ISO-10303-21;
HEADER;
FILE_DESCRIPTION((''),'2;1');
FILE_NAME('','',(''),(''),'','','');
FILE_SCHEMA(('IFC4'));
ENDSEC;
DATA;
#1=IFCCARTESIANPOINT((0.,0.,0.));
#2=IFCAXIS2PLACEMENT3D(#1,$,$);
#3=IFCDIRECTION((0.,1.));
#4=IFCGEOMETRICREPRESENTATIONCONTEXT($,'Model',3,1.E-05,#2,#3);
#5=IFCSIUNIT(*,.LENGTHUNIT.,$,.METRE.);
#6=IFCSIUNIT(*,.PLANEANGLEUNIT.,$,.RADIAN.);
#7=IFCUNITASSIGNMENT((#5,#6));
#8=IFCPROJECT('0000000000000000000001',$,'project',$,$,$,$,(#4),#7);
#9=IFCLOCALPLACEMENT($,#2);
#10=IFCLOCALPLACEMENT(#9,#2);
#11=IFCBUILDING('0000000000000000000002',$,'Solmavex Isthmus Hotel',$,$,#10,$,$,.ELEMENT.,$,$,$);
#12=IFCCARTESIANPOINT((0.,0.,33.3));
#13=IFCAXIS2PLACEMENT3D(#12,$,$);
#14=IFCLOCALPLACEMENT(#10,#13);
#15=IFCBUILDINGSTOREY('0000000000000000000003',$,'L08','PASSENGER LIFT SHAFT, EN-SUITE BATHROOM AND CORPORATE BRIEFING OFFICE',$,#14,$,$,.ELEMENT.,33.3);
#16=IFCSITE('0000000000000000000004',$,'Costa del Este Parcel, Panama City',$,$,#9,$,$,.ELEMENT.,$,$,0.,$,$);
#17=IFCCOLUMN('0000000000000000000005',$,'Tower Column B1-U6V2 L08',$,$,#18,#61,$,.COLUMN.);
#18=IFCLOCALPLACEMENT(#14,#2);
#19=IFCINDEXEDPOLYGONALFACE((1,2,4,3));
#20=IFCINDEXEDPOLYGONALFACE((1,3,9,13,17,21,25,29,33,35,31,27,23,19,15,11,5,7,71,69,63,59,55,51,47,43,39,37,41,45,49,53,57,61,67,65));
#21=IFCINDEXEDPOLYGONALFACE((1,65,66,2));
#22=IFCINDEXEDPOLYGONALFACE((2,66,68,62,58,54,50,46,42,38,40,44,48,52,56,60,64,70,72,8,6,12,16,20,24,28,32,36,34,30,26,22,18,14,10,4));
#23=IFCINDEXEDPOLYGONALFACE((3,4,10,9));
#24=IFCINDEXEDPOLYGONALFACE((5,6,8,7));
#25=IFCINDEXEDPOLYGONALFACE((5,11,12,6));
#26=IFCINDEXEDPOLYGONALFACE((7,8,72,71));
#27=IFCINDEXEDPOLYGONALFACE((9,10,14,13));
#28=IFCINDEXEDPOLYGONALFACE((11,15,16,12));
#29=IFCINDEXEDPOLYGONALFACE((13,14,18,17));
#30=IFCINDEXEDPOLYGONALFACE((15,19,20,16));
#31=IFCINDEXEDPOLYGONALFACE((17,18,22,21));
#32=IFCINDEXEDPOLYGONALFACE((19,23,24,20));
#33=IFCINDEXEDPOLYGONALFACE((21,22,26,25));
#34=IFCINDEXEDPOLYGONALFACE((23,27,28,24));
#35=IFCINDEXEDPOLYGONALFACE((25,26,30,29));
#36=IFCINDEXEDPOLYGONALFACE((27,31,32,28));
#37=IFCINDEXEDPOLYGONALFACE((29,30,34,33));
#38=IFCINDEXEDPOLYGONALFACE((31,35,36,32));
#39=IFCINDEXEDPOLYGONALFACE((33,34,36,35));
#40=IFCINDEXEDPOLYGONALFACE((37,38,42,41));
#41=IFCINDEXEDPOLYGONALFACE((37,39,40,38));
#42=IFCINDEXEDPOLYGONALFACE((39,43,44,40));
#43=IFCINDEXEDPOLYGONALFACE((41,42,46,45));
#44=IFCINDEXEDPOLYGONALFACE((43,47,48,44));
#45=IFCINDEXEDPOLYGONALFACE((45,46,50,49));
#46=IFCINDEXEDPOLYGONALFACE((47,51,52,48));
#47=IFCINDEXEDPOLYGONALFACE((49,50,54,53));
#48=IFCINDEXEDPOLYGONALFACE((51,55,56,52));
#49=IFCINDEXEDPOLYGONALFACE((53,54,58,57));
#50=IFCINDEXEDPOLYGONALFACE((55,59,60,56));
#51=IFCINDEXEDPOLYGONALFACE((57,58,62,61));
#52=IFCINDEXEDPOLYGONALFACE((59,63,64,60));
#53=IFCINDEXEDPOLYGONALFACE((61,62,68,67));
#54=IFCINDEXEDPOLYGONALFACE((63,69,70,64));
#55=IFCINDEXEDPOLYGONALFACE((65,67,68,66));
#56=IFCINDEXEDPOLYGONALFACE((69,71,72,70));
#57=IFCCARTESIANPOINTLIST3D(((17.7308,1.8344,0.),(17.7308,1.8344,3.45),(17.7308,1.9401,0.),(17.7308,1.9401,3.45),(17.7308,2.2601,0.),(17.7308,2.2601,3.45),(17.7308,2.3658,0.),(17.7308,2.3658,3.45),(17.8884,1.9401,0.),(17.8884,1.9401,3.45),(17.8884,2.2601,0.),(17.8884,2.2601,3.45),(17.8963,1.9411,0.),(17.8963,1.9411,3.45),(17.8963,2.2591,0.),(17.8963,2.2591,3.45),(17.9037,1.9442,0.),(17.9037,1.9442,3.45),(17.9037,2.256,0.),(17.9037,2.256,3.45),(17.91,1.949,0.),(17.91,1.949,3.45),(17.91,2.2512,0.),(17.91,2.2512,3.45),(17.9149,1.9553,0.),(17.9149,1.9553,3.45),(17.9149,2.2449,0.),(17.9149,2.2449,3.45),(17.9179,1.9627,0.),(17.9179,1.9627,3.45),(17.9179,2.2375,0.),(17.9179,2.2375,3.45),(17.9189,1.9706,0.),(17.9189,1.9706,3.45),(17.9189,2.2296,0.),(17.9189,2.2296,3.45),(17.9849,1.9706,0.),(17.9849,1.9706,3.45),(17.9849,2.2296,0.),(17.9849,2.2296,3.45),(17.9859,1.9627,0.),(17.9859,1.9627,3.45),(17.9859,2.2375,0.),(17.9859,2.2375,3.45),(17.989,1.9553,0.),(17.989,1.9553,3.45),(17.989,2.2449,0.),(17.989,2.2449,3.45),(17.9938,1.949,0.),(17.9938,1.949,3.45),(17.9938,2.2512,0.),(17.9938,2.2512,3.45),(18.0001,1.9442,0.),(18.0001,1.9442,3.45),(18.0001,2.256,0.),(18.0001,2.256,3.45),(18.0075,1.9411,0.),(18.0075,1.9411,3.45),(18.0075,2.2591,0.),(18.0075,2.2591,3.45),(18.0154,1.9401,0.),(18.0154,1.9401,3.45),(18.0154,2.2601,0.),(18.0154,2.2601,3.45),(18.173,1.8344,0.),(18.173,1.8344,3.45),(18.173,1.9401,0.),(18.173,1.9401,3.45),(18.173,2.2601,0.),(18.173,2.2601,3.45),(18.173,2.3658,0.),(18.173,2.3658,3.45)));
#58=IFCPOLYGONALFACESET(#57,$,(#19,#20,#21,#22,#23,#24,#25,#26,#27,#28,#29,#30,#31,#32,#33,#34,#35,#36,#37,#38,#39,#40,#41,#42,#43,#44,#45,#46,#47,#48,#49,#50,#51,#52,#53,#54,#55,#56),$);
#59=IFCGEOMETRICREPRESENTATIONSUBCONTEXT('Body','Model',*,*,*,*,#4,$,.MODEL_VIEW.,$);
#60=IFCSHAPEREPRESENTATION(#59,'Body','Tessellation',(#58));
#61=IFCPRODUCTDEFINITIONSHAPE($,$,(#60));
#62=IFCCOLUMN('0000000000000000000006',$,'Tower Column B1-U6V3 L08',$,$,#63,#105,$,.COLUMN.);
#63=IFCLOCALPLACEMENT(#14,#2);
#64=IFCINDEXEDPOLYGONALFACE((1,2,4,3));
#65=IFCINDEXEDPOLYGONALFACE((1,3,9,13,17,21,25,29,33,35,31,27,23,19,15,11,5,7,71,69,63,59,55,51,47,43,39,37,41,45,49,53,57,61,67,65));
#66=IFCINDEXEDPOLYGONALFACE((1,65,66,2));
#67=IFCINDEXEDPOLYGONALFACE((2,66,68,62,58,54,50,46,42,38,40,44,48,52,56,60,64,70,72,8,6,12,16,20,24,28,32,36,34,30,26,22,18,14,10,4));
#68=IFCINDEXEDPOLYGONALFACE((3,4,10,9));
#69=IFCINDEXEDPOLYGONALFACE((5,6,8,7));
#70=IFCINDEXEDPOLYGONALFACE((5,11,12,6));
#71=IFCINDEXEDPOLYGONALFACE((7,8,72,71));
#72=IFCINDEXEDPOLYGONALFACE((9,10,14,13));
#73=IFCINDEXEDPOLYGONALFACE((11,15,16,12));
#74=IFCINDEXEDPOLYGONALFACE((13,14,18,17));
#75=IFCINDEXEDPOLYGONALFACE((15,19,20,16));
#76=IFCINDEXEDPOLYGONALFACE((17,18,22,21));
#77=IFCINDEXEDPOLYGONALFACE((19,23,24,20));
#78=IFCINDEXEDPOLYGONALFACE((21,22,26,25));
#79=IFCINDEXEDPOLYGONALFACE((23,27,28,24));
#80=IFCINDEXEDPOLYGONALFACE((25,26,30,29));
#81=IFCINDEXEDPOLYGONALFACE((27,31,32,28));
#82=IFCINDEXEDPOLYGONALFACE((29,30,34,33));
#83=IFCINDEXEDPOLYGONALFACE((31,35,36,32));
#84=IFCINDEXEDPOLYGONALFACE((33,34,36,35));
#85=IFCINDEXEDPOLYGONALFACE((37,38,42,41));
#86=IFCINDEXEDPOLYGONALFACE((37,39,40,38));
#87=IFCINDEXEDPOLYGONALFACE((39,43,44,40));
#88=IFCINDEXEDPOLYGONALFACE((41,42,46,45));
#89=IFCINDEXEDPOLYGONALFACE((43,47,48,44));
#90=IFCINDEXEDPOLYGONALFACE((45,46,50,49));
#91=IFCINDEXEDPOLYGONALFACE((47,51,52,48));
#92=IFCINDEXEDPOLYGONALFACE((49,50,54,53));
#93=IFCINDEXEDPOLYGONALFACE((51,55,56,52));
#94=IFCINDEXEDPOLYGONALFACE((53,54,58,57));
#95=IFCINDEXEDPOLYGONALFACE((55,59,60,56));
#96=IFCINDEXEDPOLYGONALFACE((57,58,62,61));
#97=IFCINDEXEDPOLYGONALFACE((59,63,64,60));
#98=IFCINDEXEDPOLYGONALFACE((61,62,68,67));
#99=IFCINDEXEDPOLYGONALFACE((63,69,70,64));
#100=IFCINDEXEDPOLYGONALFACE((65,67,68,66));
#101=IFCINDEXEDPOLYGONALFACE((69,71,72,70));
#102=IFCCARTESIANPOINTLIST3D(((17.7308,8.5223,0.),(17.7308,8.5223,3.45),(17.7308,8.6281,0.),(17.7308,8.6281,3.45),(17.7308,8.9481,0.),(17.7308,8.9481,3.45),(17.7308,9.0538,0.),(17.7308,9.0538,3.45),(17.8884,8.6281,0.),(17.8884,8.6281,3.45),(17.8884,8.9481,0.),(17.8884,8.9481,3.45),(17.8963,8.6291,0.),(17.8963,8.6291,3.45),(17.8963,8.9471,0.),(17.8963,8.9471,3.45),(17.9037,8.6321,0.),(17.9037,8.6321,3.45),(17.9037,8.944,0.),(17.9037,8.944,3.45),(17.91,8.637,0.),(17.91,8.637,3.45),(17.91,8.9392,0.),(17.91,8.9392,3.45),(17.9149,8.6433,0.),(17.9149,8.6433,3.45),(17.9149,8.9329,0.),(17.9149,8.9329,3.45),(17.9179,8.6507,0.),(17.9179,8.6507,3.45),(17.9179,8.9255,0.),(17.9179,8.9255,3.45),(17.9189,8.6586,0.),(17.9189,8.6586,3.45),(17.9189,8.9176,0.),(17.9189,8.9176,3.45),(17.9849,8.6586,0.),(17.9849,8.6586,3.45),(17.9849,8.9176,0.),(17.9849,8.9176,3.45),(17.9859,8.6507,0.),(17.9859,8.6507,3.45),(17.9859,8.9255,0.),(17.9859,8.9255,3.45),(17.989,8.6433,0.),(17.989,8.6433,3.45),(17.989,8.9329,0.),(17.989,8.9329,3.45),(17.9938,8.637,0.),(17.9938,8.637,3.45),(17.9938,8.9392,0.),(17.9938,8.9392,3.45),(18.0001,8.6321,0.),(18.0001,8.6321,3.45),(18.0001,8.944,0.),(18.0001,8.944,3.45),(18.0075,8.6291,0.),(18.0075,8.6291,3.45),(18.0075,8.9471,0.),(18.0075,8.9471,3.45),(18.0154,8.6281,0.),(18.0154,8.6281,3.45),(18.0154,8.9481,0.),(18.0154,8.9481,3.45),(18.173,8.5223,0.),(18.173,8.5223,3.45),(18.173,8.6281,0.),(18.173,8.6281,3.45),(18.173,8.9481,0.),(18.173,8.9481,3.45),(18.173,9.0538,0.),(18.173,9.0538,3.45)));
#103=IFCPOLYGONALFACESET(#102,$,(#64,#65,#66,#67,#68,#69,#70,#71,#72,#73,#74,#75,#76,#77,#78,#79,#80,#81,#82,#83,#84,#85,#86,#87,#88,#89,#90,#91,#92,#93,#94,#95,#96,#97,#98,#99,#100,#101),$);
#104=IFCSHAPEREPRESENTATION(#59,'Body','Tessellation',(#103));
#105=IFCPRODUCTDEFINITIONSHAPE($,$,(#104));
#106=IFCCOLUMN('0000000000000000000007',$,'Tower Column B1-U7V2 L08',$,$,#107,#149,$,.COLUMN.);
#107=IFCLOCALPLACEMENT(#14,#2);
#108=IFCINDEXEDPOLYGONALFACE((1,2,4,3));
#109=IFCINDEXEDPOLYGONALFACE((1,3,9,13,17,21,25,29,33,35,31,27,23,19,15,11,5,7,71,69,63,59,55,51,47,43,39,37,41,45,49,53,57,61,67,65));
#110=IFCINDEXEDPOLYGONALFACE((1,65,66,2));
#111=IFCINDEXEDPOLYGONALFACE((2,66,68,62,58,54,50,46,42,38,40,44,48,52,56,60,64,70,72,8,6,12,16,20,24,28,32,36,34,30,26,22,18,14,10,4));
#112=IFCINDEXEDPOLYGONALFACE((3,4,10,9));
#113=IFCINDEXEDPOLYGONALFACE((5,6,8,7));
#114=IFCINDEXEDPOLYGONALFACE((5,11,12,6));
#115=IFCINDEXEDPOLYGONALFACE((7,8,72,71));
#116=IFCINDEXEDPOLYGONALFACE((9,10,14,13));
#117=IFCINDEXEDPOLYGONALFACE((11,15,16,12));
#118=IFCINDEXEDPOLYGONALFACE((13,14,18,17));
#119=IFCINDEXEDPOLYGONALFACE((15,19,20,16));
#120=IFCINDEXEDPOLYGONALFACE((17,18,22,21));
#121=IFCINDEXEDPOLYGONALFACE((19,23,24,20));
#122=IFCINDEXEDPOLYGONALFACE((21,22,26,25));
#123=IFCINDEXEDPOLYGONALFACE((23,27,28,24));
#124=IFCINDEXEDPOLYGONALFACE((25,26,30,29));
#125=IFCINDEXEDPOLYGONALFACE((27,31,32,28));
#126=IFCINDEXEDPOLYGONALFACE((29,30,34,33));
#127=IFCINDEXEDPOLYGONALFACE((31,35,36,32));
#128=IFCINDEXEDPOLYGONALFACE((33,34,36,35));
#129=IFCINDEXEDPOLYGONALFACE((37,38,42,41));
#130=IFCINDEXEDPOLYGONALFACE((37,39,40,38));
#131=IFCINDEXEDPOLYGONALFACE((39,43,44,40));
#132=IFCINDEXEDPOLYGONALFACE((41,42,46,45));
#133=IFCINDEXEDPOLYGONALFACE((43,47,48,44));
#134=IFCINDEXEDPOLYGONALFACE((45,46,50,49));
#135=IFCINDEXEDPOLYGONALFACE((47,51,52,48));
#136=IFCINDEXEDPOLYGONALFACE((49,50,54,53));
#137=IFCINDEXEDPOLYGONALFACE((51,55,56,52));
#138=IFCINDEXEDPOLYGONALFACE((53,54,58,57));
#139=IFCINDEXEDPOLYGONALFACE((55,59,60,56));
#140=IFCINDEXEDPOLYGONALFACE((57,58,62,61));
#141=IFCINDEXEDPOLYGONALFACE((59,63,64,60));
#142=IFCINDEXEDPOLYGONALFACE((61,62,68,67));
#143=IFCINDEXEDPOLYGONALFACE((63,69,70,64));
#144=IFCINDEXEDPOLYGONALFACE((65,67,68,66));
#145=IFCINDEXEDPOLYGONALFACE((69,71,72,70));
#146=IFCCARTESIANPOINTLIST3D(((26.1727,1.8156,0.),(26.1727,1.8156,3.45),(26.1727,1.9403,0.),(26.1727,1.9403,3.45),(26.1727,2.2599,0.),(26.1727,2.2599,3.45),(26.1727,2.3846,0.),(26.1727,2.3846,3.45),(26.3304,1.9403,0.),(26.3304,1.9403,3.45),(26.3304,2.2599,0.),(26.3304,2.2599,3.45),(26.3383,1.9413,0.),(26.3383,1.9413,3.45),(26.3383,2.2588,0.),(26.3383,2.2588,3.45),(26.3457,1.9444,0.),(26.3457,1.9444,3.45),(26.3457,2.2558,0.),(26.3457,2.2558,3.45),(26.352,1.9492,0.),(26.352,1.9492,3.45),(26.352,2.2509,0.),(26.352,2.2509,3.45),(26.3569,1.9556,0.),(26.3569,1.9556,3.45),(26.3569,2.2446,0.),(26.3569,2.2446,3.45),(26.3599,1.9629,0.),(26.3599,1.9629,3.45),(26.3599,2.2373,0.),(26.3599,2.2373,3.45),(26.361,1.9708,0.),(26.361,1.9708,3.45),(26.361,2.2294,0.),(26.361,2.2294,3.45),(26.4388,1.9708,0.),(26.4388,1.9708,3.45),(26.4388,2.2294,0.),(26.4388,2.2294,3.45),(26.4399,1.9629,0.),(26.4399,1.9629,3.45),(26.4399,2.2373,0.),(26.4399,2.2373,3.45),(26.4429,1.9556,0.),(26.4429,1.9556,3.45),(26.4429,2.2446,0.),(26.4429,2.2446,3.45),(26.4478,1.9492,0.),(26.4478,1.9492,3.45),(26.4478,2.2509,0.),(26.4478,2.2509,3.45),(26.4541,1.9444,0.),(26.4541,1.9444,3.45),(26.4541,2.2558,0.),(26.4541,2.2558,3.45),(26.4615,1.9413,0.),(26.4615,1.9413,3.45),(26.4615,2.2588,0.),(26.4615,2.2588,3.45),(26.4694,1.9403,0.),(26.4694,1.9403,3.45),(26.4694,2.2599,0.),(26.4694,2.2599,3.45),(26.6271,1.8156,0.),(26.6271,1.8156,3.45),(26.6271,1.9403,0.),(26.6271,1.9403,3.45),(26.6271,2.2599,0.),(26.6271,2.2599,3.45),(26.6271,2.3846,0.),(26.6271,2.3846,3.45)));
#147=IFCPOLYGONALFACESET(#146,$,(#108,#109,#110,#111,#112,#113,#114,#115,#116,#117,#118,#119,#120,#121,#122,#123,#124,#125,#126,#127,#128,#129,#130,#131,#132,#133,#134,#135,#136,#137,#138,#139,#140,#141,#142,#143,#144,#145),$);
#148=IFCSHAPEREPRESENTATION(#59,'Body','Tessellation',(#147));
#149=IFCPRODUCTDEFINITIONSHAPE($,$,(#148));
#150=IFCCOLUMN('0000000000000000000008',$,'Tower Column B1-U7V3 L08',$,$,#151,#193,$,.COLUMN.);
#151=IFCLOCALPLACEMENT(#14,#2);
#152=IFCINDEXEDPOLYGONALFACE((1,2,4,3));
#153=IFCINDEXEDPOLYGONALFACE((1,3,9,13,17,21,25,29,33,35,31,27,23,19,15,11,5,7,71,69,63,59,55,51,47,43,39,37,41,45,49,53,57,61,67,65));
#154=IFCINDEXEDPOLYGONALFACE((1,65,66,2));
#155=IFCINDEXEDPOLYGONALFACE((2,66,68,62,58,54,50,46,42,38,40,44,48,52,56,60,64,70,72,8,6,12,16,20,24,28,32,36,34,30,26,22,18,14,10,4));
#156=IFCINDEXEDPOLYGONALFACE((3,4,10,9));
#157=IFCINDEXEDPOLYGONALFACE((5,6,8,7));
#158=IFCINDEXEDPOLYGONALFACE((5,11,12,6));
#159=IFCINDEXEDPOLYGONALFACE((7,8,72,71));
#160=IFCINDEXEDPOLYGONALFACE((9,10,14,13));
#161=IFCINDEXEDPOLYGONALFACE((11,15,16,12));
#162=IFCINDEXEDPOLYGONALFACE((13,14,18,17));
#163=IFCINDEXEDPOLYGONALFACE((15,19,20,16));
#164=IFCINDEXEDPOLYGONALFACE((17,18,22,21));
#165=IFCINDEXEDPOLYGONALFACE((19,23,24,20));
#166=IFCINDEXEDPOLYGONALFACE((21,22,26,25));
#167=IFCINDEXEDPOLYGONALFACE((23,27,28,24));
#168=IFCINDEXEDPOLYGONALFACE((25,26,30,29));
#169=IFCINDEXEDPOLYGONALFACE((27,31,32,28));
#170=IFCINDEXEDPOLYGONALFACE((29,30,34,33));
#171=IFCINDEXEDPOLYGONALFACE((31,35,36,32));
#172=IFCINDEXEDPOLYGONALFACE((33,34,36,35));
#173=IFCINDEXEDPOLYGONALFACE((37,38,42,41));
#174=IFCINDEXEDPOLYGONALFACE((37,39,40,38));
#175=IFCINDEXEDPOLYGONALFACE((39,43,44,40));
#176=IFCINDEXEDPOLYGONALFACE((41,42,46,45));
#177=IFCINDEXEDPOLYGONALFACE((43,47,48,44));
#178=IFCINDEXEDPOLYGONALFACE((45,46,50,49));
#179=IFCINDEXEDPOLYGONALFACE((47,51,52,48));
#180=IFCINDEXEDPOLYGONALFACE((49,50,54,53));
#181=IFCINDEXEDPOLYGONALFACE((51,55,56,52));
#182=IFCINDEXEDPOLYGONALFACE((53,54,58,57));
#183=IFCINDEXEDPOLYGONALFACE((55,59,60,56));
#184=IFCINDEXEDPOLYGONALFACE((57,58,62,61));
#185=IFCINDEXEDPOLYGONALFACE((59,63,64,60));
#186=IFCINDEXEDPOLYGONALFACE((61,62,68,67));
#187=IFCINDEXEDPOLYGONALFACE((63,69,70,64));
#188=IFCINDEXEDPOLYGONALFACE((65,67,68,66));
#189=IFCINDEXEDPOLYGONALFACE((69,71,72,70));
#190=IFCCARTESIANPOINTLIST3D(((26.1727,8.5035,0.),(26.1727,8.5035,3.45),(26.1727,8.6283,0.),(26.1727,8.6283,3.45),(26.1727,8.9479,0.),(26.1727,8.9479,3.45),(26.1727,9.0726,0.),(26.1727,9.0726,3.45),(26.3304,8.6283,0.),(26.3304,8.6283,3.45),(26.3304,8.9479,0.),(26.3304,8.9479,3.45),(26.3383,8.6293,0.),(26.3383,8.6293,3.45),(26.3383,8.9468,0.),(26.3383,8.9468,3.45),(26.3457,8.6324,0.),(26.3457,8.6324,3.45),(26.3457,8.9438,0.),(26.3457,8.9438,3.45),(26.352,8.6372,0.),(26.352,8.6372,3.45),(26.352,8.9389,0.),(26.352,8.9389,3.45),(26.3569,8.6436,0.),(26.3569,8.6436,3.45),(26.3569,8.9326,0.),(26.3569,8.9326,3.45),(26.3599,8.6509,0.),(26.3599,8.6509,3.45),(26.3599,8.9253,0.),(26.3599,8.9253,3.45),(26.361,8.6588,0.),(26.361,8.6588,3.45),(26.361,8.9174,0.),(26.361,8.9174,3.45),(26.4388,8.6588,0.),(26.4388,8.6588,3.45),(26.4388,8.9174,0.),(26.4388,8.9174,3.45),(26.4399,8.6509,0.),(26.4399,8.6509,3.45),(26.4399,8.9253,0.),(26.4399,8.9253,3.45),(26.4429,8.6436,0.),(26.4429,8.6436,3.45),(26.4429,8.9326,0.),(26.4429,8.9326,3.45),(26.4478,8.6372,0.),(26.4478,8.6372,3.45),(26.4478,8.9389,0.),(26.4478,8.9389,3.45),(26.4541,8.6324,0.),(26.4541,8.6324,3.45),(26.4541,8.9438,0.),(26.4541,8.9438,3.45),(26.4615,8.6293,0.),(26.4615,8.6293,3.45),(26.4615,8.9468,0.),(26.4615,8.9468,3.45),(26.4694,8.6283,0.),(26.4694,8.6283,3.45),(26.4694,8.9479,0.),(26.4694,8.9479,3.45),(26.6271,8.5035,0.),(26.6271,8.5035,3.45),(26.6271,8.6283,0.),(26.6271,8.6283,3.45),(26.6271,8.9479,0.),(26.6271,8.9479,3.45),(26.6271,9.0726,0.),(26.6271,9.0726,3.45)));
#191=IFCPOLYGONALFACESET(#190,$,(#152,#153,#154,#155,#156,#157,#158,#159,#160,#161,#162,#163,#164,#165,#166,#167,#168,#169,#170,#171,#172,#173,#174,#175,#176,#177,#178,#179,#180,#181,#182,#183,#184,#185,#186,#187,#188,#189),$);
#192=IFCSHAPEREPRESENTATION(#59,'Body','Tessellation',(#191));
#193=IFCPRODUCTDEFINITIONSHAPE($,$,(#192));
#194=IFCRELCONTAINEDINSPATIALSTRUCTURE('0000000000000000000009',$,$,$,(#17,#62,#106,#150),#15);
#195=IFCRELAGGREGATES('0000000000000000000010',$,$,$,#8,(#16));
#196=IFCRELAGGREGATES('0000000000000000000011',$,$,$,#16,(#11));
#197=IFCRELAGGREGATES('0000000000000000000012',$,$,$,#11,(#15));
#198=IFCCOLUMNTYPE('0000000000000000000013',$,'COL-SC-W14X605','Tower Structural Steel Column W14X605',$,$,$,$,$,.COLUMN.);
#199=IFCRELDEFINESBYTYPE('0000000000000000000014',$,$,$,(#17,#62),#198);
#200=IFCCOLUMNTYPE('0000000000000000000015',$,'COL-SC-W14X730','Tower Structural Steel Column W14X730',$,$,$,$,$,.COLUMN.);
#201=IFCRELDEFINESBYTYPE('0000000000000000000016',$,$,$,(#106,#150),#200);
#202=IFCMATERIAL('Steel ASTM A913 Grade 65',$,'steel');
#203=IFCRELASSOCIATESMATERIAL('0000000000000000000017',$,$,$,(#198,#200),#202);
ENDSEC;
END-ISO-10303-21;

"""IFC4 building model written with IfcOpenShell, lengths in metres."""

from ifc_helpers import new_model, si_unit, direction, frame, origin, origin_2d, place, context, subcontext, project, spatial, i_section, extrude, material, material_profile, profile_set, type_object, element, save


model = new_model("IFC4")

# Units and contexts
model_context = context("Model", 3, precision=1e-05, world=origin(), true_north=direction((0.0, 1.0)))
body_context = subcontext(model_context, "Body", "Model", "MODEL_VIEW")
ifc_project = project(units=[si_unit("LENGTHUNIT", "METRE"), si_unit("PLANEANGLEUNIT", "RADIAN")], contexts=[model_context])

# Site, building, storey
site_placement = place(None, origin())
site = spatial("IfcSite", under=ifc_project, at=site_placement, Name="Costa del Este Parcel, Panama City", CompositionType="ELEMENT", RefElevation=0.0)
building_placement = place(site_placement, origin())
building = spatial("IfcBuilding", under=site, at=building_placement, Name="Solmavex Isthmus Hotel", CompositionType="ELEMENT")
storey_placement = place(building_placement, frame((0.0, 0.0, 33.3)))
storey = spatial("IfcBuildingStorey", under=building, at=storey_placement, Name="L08", Description="PASSENGER LIFT SHAFT, EN-SUITE BATHROOM AND CORPORATE BRIEFING OFFICE", CompositionType="ELEMENT", Elevation=33.3)

# Columns
ifc_material_1 = material(Name="Steel ASTM A913 Grade 65", Category="steel")
ifc_material_profile_1 = material_profile(ifc_material_1, i_section(OverallWidth=0.4421, OverallDepth=0.5315, WebThickness=0.0659, FlangeThickness=0.1057, FilletRadius=0.0305, at=origin_2d()), Name="W14X605")
ifc_profile_set_1 = profile_set([ifc_material_profile_1], Name="Steel ASTM A913 Grade 65")
column_type_1 = type_object("IfcColumnType", Name="COL-SC-W14X605", Description="Tower Structural Steel Column W14X605", PredefinedType="COLUMN", material=ifc_profile_set_1)
for number, where, z_axis, x_axis, name in (
    (1, (17.9519, 2.1001, 0.0), (0.0, 0.0, 1.0), (1.0, 0.0, 0.0), "Tower Column B1-U6V2 L08"),
    (2, (17.9519, 8.7881, 0.0), (0.0, 0.0, 1.0), (1.0, 0.0, 0.0), "Tower Column B1-U6V3 L08"),
):
    element("IfcColumn", number, at=place(storey_placement, frame(where, z_axis=z_axis, x_axis=x_axis)), inside=storey, type_object=column_type_1, Name=name, PredefinedType="COLUMN", context=body_context, shape_type="SweptSolid", body=[
        extrude(i_section(OverallWidth=0.4421, OverallDepth=0.5315, WebThickness=0.0659, FlangeThickness=0.1057, FilletRadius=0.0305, at=origin_2d()), origin(), (0.0, 0.0, 1.0), 3.45),
    ])
ifc_material_profile_2 = material_profile(ifc_material_1, i_section(OverallWidth=0.4543, OverallDepth=0.5691, WebThickness=0.0779, FlangeThickness=0.1248, FilletRadius=0.0305, at=origin_2d()), Name="W14X730")
ifc_profile_set_2 = profile_set([ifc_material_profile_2], Name="Steel ASTM A913 Grade 65")
column_type_2 = type_object("IfcColumnType", Name="COL-SC-W14X730", Description="Tower Structural Steel Column W14X730", PredefinedType="COLUMN", material=ifc_profile_set_2)
for number, where, z_axis, x_axis, name in (
    (3, (26.3999, 2.1001, 0.0), (0.0, 0.0, 1.0), (1.0, 0.0, 0.0), "Tower Column B1-U7V2 L08"),
    (4, (26.3999, 8.7881, 0.0), (0.0, 0.0, 1.0), (1.0, 0.0, 0.0), "Tower Column B1-U7V3 L08"),
):
    element("IfcColumn", number, at=place(storey_placement, frame(where, z_axis=z_axis, x_axis=x_axis)), inside=storey, type_object=column_type_2, Name=name, PredefinedType="COLUMN", context=body_context, shape_type="SweptSolid", body=[
        extrude(i_section(OverallWidth=0.4543, OverallDepth=0.5691, WebThickness=0.0779, FlangeThickness=0.1248, FilletRadius=0.0305, at=origin_2d()), origin(), (0.0, 0.0, 1.0), 3.45),
    ])

save(model, "model.ifc")
